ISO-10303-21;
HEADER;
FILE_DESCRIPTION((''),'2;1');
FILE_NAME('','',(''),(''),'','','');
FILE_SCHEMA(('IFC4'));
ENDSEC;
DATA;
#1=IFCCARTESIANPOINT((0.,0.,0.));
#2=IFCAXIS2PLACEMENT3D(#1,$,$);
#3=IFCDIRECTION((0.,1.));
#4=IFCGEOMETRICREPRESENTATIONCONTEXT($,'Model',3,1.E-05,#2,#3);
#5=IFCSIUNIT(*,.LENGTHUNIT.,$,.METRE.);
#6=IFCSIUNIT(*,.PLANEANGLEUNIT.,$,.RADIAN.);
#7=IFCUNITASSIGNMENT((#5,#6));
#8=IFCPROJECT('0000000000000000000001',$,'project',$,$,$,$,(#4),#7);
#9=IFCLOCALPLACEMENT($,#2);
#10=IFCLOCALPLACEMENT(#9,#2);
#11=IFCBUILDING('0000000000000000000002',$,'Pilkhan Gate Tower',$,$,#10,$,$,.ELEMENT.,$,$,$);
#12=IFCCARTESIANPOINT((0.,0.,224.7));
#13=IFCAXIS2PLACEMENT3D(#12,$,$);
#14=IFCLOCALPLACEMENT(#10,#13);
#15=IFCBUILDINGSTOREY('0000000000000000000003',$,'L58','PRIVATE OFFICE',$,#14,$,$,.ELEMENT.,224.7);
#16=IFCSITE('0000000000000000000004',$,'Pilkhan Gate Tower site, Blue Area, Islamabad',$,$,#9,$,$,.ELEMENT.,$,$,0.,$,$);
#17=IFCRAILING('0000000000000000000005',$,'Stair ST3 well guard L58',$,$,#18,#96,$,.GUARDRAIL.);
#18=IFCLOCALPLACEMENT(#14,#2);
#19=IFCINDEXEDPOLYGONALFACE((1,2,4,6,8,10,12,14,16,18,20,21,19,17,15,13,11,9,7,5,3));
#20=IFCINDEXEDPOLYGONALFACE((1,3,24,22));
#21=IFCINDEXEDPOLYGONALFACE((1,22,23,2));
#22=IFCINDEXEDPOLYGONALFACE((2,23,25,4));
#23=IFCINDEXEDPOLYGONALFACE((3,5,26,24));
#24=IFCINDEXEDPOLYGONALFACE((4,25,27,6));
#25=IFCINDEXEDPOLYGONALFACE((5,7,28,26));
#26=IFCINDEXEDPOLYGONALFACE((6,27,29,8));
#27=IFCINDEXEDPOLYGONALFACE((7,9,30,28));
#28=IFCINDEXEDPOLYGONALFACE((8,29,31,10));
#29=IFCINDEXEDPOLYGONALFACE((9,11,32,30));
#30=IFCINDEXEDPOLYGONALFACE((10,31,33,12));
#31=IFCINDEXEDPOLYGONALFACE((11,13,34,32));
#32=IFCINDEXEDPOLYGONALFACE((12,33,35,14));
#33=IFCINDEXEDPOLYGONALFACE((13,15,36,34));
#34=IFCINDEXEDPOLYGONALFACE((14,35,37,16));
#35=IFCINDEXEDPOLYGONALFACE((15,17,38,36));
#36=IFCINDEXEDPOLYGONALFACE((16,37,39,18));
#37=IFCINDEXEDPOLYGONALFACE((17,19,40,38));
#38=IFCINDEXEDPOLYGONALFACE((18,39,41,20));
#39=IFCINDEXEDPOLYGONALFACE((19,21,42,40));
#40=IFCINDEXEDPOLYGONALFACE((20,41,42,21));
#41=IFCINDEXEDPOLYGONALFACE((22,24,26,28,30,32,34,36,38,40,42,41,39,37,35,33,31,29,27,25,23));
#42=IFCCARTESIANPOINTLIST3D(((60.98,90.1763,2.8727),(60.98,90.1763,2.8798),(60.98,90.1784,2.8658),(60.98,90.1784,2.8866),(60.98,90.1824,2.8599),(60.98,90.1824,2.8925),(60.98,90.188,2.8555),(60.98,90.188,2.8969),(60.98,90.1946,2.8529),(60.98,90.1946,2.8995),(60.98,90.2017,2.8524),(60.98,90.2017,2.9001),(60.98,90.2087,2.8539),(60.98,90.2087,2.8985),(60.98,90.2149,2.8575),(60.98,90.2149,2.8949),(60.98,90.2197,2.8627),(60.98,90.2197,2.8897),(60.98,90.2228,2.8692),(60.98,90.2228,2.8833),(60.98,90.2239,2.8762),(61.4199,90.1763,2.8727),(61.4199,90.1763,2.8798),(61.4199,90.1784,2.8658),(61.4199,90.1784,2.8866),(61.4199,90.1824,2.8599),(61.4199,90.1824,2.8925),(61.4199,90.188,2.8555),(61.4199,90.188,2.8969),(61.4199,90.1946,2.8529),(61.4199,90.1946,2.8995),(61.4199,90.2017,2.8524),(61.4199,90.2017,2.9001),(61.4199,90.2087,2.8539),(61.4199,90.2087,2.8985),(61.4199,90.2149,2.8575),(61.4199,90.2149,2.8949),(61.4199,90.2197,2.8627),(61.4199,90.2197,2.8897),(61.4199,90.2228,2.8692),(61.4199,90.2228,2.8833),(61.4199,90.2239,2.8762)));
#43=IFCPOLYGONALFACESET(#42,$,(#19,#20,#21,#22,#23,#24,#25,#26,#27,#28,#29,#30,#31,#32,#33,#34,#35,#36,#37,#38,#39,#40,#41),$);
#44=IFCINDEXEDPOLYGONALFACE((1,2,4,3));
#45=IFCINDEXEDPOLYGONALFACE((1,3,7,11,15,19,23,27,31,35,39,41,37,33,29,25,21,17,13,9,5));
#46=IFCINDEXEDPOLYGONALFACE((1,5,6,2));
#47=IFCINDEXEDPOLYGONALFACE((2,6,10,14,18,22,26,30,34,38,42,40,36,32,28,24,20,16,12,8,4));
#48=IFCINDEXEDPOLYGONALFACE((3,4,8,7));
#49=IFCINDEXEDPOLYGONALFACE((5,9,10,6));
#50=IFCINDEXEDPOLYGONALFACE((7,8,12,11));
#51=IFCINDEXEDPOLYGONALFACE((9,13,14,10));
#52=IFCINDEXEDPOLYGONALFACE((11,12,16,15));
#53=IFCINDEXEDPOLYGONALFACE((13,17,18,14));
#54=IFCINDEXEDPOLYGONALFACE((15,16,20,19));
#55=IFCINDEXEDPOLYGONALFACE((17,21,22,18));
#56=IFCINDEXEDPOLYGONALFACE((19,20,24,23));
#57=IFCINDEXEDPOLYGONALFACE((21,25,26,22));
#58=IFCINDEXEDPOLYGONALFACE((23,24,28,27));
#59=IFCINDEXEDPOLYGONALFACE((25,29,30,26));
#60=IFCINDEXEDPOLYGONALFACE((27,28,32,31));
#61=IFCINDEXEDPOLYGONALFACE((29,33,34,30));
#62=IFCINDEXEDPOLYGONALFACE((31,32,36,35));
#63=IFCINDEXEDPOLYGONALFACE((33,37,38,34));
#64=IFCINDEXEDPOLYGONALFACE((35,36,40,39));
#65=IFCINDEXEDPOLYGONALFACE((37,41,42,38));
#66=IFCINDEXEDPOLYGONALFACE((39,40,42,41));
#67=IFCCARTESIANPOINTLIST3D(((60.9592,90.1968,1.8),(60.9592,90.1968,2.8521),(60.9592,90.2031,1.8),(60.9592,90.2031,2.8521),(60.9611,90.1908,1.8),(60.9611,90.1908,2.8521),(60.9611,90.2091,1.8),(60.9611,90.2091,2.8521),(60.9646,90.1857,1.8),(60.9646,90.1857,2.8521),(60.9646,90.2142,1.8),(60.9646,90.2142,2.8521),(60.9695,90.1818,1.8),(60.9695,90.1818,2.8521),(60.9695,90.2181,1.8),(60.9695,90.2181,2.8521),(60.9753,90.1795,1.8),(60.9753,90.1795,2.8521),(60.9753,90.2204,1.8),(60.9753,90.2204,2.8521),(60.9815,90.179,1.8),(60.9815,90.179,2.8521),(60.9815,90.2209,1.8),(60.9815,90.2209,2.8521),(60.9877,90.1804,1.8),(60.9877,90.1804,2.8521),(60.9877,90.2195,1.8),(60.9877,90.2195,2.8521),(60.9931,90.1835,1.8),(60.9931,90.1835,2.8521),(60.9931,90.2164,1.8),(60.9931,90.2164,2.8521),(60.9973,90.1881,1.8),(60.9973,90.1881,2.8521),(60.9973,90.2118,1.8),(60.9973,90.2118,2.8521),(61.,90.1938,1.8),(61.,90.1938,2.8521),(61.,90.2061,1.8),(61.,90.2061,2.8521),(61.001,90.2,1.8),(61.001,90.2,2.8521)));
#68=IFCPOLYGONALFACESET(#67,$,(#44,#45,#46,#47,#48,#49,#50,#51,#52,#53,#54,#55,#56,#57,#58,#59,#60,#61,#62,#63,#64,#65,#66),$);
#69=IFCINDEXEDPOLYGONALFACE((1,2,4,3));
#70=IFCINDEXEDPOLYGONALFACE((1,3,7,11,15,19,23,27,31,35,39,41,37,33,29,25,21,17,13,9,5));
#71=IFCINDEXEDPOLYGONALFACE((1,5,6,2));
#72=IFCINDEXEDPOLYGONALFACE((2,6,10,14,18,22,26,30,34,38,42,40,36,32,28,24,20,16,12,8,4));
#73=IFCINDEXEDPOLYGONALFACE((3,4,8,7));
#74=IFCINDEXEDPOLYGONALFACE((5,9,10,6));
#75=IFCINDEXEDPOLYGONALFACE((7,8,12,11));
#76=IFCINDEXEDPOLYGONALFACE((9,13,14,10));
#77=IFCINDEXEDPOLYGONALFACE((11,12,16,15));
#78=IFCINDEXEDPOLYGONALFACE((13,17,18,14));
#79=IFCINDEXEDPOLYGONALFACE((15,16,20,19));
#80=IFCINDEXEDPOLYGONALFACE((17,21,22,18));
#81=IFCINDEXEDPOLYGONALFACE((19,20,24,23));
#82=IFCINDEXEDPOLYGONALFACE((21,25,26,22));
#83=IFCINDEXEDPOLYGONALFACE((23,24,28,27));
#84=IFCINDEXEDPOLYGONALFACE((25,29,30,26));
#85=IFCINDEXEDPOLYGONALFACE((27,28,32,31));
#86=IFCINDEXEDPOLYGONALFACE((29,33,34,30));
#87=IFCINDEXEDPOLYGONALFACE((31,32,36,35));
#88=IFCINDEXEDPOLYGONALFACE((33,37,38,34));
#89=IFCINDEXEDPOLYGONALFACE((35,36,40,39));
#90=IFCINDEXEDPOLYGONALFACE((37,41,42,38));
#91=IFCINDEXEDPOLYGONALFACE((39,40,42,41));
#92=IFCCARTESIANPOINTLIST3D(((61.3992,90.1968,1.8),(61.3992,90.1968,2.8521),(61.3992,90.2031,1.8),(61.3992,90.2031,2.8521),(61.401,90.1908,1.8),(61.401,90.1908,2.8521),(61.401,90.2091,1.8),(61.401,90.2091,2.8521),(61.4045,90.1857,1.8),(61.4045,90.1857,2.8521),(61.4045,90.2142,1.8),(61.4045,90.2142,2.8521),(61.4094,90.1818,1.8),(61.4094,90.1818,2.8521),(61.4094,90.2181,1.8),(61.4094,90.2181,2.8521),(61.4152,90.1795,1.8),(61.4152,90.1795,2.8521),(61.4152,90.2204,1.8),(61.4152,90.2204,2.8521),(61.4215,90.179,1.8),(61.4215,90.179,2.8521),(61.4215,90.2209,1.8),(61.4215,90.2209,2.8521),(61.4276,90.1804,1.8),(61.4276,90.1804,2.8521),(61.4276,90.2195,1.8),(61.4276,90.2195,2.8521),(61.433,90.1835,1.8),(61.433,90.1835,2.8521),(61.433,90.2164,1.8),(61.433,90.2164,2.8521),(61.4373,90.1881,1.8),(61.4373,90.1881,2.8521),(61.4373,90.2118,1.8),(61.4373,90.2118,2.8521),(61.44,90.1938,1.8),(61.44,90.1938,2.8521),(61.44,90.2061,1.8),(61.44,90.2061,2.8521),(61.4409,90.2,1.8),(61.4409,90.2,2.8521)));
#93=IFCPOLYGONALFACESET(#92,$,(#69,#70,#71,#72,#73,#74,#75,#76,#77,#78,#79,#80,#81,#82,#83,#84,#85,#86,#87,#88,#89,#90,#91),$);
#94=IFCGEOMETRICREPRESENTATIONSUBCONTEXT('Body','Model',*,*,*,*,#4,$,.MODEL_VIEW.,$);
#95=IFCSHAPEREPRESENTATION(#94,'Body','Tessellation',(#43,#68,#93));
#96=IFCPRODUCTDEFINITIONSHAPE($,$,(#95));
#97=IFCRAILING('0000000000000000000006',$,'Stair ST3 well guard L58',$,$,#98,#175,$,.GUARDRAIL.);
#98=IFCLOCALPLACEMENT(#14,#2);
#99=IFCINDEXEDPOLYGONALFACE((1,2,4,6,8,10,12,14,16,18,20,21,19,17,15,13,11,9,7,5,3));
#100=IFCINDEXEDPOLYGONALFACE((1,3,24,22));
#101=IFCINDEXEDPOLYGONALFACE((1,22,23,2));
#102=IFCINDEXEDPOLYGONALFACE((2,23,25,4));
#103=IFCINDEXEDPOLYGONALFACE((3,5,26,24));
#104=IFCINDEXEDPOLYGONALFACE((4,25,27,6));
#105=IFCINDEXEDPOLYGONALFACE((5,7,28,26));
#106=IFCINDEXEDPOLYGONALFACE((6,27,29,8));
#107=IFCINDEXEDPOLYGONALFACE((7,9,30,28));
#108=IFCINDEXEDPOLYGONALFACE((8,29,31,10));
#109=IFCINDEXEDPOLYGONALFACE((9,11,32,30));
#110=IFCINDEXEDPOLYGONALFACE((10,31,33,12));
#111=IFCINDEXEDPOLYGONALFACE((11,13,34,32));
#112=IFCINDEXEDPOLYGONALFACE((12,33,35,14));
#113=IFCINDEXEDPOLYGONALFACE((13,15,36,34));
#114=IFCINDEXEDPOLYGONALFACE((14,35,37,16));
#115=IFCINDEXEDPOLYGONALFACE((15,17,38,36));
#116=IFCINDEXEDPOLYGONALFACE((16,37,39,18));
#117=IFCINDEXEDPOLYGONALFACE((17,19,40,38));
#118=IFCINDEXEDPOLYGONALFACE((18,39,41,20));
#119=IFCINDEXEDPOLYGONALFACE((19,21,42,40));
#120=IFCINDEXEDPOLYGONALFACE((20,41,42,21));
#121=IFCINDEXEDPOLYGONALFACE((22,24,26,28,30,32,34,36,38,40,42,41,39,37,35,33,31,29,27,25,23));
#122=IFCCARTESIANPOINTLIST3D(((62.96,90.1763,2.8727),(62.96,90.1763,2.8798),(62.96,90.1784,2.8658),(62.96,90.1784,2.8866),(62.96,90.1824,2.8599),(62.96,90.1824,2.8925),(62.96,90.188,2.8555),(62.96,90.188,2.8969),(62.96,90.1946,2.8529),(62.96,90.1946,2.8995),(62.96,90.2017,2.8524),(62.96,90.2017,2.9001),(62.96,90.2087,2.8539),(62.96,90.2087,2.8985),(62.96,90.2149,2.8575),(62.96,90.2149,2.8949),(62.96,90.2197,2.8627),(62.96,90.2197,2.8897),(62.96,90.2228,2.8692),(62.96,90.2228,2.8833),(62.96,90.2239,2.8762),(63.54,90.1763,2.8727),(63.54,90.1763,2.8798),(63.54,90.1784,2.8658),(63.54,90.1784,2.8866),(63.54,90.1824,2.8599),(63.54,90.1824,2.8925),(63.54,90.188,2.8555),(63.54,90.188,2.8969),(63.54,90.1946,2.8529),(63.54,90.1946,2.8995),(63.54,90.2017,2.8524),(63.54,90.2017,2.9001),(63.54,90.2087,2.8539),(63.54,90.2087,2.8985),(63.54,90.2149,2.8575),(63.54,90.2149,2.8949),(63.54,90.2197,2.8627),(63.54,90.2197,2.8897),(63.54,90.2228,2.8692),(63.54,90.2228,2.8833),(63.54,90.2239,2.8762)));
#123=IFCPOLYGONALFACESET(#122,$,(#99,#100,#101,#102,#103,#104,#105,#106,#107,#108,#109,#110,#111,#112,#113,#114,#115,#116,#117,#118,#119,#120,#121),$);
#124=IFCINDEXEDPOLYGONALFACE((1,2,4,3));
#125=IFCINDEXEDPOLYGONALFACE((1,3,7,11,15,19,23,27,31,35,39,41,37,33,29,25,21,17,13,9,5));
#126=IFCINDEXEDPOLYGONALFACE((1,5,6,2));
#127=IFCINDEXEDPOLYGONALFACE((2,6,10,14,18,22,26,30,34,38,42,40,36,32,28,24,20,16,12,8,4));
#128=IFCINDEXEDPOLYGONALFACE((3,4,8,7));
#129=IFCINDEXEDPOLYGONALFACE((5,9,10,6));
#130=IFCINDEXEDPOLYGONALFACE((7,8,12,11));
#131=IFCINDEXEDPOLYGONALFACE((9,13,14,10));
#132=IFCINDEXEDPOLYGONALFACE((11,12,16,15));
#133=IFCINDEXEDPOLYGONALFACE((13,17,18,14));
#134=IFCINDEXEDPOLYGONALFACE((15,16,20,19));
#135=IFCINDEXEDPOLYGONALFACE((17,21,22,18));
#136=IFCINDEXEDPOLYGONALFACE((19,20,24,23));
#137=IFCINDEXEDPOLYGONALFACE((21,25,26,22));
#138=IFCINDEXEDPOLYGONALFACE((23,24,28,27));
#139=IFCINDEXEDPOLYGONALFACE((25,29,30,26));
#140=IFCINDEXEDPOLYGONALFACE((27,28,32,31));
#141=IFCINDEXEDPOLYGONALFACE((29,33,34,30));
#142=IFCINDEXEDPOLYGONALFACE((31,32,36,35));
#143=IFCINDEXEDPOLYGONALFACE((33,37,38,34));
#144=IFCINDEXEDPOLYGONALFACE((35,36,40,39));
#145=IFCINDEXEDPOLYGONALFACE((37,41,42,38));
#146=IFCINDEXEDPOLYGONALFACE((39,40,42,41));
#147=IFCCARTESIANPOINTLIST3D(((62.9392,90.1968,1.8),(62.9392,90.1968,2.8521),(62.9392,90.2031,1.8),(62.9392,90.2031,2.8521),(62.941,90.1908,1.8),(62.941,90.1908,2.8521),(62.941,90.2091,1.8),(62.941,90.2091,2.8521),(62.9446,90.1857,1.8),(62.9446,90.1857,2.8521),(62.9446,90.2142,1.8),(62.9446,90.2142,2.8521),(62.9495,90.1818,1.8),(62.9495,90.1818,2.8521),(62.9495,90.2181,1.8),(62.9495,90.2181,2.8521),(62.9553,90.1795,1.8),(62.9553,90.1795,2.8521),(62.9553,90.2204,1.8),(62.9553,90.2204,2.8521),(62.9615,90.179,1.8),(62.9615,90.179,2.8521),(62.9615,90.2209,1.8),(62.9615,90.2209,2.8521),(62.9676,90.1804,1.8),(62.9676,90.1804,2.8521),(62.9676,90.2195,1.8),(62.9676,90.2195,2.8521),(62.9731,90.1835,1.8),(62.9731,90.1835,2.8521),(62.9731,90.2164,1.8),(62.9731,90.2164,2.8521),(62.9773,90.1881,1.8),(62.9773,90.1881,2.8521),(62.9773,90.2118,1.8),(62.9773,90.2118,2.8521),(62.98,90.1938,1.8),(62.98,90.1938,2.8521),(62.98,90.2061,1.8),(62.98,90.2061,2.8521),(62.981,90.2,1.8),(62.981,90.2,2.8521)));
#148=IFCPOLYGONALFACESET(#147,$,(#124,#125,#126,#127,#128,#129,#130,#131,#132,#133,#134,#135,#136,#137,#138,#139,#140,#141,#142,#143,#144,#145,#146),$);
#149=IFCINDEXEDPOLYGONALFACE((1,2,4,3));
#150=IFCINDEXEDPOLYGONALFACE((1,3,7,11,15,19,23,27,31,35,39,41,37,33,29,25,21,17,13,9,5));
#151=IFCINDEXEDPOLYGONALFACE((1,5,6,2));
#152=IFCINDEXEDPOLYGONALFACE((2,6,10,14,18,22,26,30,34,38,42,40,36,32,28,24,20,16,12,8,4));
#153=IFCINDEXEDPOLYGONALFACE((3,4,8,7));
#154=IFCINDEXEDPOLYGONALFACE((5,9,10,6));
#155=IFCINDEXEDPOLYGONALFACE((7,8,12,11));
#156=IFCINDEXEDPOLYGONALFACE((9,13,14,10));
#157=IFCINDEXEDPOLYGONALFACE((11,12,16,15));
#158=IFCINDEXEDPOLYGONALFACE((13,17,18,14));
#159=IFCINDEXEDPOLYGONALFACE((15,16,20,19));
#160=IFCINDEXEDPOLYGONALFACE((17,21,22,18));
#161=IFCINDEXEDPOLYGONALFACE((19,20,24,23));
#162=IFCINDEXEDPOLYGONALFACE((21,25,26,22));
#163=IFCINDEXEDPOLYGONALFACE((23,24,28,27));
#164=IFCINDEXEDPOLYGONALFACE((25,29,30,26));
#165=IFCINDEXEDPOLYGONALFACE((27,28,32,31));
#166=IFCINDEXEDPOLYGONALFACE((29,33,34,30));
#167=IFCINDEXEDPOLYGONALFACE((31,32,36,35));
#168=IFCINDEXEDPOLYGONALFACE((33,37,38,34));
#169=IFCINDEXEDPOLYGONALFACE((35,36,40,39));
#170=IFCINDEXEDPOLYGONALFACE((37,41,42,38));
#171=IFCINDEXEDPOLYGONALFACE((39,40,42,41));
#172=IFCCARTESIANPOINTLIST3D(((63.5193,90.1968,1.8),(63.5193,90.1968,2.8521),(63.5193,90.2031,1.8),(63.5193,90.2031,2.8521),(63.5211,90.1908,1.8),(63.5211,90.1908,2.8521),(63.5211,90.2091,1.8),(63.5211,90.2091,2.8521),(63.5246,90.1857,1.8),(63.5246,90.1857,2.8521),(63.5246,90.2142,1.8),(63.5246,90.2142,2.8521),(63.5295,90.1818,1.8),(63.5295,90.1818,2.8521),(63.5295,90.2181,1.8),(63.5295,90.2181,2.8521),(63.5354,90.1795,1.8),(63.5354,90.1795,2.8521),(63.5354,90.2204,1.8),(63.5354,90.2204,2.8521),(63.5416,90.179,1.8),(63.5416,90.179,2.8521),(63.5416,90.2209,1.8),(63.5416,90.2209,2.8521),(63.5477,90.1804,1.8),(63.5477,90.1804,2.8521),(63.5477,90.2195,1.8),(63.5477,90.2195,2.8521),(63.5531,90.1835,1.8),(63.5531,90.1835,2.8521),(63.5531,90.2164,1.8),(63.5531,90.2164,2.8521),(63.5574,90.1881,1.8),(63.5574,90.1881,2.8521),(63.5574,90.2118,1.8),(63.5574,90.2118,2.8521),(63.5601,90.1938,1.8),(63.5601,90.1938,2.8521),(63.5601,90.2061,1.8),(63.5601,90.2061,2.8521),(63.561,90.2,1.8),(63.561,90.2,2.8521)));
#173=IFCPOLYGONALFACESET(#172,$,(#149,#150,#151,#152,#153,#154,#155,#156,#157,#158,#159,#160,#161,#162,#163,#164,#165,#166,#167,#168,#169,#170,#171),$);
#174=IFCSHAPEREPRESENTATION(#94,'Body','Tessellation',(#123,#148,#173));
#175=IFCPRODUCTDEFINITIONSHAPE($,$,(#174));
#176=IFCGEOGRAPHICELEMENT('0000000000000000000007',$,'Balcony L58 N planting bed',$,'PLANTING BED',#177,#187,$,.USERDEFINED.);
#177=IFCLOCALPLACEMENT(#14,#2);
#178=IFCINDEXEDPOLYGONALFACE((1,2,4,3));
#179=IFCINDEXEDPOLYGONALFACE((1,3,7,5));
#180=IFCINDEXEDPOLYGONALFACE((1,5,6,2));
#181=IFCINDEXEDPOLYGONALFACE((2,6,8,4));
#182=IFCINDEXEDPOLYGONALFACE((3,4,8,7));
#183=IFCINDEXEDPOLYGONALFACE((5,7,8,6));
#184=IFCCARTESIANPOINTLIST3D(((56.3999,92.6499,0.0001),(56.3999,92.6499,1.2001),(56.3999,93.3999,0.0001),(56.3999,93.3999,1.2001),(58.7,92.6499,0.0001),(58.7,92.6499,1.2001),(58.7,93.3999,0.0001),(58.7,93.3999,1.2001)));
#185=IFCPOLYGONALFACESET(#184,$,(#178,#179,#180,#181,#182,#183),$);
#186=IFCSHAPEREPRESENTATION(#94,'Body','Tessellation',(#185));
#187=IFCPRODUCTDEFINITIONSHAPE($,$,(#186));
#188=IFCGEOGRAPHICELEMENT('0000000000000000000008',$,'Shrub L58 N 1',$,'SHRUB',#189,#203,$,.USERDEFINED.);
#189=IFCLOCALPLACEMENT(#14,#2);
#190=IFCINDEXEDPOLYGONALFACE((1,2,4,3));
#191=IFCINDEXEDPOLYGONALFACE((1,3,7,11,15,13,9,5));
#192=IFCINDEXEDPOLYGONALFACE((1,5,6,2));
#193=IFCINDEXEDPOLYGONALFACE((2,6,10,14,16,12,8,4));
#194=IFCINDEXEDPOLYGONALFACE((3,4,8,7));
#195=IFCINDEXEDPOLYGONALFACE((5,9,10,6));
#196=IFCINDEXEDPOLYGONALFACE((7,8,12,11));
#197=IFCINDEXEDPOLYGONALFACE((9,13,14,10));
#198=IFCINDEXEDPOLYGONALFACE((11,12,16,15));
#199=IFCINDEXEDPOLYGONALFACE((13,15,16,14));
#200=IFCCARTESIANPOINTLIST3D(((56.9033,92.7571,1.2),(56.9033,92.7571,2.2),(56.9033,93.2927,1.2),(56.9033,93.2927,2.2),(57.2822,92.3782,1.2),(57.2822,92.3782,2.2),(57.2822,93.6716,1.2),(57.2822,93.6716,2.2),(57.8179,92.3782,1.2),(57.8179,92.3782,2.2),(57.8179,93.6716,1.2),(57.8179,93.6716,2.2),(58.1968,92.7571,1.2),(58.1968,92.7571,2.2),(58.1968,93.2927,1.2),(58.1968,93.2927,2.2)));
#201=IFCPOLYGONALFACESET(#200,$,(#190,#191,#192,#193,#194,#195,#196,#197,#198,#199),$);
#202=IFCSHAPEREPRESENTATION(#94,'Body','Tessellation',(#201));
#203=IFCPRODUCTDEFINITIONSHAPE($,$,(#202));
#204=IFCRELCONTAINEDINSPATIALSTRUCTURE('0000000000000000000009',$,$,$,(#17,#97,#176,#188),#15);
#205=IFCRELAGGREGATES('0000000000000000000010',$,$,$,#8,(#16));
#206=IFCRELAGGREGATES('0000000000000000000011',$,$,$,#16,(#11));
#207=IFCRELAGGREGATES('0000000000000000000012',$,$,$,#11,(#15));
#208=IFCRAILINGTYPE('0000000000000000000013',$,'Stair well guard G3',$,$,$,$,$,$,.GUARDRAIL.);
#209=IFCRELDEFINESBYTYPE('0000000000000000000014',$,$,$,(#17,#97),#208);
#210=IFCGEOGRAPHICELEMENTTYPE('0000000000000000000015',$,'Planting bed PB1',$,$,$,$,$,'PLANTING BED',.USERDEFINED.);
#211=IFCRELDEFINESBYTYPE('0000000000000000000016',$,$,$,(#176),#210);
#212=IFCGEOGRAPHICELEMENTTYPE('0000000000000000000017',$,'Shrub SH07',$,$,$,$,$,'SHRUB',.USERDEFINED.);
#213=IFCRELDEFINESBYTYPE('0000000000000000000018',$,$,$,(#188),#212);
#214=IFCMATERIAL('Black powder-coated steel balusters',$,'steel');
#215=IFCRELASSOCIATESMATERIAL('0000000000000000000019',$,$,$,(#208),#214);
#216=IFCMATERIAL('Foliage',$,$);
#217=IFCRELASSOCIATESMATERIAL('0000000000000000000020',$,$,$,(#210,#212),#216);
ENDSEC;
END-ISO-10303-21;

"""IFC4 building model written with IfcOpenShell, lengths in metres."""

from ifc_helpers import new_model, si_unit, direction, frame, origin, origin_2d, place, context, subcontext, project, spatial, polyline, rectangle, circle, outline, extrude, material, material_profile, profile_set, type_object, element, save


model = new_model("IFC4")

# Units and contexts
model_context = context("Model", 3, precision=1e-05, world=origin(), true_north=direction((0.0, 1.0)))
body_context = subcontext(model_context, "Body", "Model", "MODEL_VIEW")
ifc_project = project(units=[si_unit("LENGTHUNIT", "METRE"), si_unit("PLANEANGLEUNIT", "RADIAN")], contexts=[model_context])

# Site, building, storey
site_placement = place(None, origin())
site = spatial("IfcSite", under=ifc_project, at=site_placement, Name="Pilkhan Gate Tower site, Blue Area, Islamabad", CompositionType="ELEMENT", RefElevation=0.0)
building_placement = place(site_placement, origin())
building = spatial("IfcBuilding", under=site, at=building_placement, Name="Pilkhan Gate Tower", CompositionType="ELEMENT")
storey_placement = place(building_placement, frame((0.0, 0.0, 224.7)))
storey = spatial("IfcBuildingStorey", under=building, at=storey_placement, Name="L58", Description="PRIVATE OFFICE", CompositionType="ELEMENT", Elevation=224.7)

# Railings
ifc_material_1 = material(Name="Black powder-coated steel balusters", Category="steel")
railing_type_1 = type_object("IfcRailingType", Name="Stair well guard G3", PredefinedType="GUARDRAIL", material=ifc_material_1)
railing_1_placement = place(storey_placement, frame((60.98, 90.2, 1.8)))
element("IfcRailing", 1, at=railing_1_placement, inside=storey, type_object=railing_type_1, Name="Stair ST3 well guard L58", PredefinedType="GUARDRAIL", context=body_context, shape_type="SweptSolid", body=[
    extrude(circle(Radius=0.0239, at=origin_2d()), frame((0.0, 0.0, 1.0762), z_axis=(1.0, 0.0, 0.0), x_axis=(0.0, 1.0, 0.0)), (0.0, 0.0, 1.0), 0.4399),
    extrude(circle(Radius=0.021, at=origin_2d()), origin(), (0.0, 0.0, 1.0), 1.052),
    extrude(circle(Radius=0.021, at=origin_2d()), frame((0.4399, 0.0, 0.0)), (0.0, 0.0, 1.0), 1.052),
])
railing_2_placement = place(storey_placement, frame((62.96, 90.2, 1.8)))
element("IfcRailing", 2, at=railing_2_placement, inside=storey, type_object=railing_type_1, Name="Stair ST3 well guard L58", PredefinedType="GUARDRAIL", context=body_context, shape_type="SweptSolid", body=[
    extrude(circle(Radius=0.0239, at=origin_2d()), frame((0.0, 0.0, 1.0762), z_axis=(1.0, 0.0, 0.0), x_axis=(0.0, 1.0, 0.0)), (0.0, 0.0, 1.0), 0.5801),
    extrude(circle(Radius=0.021, at=origin_2d()), origin(), (0.0, 0.0, 1.0), 1.052),
    extrude(circle(Radius=0.021, at=origin_2d()), frame((0.5801, 0.0, 0.0)), (0.0, 0.0, 1.0), 1.052),
])

# Geographic elements
ifc_material_2 = material(Name="Foliage")
ifc_material_profile_1 = material_profile(ifc_material_2, rectangle(XDim=0.75, YDim=1.2, at=origin_2d()), Name="Bed 750x1200")
ifc_profile_set_1 = profile_set([ifc_material_profile_1], Name="Foliage")
geographic_element_type_1 = type_object("IfcGeographicElementType", Name="Planting bed PB1", ElementType="PLANTING BED", PredefinedType="USERDEFINED", material=ifc_profile_set_1)
geographic_element_1_placement = place(storey_placement, frame((56.3999, 93.0249, 0.6001), z_axis=(1.0, 0.0, 0.0), x_axis=(0.0, 1.0, 0.0)))
element("IfcGeographicElement", 3, at=geographic_element_1_placement, inside=storey, type_object=geographic_element_type_1, Name="Balcony L58 N planting bed", ObjectType="PLANTING BED", PredefinedType="USERDEFINED", context=body_context, shape_type="SweptSolid", body=[
    extrude(rectangle(XDim=0.75, YDim=1.2, at=origin_2d()), origin(), (0.0, 0.0, 1.0), 2.3),
])
ifc_material_profile_2 = material_profile(ifc_material_2, outline(polyline([(0.6467, 0.2678), (0.2678, 0.6467), (-0.2678, 0.6467), (-0.6467, 0.2678), (-0.6467, -0.2678), (-0.2678, -0.6467), (0.2678, -0.6467), (0.6467, -0.2678), (0.6467, 0.2678)])), Name="Shrub D1.4")
ifc_profile_set_2 = profile_set([ifc_material_profile_2], Name="Foliage")
geographic_element_type_2 = type_object("IfcGeographicElementType", Name="Shrub SH07", ElementType="SHRUB", PredefinedType="USERDEFINED", material=ifc_profile_set_2)
geographic_element_2_placement = place(storey_placement, frame((57.55, 93.0249, 1.2), z_axis=(0.0, 0.0, 1.0), x_axis=(1.0, 0.0, 0.0)))
element("IfcGeographicElement", 4, at=geographic_element_2_placement, inside=storey, type_object=geographic_element_type_2, Name="Shrub L58 N 1", ObjectType="SHRUB", PredefinedType="USERDEFINED", context=body_context, shape_type="SweptSolid", body=[
    extrude(outline(polyline([(0.6467, 0.2678), (0.2678, 0.6467), (-0.2678, 0.6467), (-0.6467, 0.2678), (-0.6467, -0.2678), (-0.2678, -0.6467), (0.2678, -0.6467), (0.6467, -0.2678), (0.6467, 0.2678)])), origin(), (0.0, 0.0, 1.0), 1.0),
])

save(model, "model.ifc")
